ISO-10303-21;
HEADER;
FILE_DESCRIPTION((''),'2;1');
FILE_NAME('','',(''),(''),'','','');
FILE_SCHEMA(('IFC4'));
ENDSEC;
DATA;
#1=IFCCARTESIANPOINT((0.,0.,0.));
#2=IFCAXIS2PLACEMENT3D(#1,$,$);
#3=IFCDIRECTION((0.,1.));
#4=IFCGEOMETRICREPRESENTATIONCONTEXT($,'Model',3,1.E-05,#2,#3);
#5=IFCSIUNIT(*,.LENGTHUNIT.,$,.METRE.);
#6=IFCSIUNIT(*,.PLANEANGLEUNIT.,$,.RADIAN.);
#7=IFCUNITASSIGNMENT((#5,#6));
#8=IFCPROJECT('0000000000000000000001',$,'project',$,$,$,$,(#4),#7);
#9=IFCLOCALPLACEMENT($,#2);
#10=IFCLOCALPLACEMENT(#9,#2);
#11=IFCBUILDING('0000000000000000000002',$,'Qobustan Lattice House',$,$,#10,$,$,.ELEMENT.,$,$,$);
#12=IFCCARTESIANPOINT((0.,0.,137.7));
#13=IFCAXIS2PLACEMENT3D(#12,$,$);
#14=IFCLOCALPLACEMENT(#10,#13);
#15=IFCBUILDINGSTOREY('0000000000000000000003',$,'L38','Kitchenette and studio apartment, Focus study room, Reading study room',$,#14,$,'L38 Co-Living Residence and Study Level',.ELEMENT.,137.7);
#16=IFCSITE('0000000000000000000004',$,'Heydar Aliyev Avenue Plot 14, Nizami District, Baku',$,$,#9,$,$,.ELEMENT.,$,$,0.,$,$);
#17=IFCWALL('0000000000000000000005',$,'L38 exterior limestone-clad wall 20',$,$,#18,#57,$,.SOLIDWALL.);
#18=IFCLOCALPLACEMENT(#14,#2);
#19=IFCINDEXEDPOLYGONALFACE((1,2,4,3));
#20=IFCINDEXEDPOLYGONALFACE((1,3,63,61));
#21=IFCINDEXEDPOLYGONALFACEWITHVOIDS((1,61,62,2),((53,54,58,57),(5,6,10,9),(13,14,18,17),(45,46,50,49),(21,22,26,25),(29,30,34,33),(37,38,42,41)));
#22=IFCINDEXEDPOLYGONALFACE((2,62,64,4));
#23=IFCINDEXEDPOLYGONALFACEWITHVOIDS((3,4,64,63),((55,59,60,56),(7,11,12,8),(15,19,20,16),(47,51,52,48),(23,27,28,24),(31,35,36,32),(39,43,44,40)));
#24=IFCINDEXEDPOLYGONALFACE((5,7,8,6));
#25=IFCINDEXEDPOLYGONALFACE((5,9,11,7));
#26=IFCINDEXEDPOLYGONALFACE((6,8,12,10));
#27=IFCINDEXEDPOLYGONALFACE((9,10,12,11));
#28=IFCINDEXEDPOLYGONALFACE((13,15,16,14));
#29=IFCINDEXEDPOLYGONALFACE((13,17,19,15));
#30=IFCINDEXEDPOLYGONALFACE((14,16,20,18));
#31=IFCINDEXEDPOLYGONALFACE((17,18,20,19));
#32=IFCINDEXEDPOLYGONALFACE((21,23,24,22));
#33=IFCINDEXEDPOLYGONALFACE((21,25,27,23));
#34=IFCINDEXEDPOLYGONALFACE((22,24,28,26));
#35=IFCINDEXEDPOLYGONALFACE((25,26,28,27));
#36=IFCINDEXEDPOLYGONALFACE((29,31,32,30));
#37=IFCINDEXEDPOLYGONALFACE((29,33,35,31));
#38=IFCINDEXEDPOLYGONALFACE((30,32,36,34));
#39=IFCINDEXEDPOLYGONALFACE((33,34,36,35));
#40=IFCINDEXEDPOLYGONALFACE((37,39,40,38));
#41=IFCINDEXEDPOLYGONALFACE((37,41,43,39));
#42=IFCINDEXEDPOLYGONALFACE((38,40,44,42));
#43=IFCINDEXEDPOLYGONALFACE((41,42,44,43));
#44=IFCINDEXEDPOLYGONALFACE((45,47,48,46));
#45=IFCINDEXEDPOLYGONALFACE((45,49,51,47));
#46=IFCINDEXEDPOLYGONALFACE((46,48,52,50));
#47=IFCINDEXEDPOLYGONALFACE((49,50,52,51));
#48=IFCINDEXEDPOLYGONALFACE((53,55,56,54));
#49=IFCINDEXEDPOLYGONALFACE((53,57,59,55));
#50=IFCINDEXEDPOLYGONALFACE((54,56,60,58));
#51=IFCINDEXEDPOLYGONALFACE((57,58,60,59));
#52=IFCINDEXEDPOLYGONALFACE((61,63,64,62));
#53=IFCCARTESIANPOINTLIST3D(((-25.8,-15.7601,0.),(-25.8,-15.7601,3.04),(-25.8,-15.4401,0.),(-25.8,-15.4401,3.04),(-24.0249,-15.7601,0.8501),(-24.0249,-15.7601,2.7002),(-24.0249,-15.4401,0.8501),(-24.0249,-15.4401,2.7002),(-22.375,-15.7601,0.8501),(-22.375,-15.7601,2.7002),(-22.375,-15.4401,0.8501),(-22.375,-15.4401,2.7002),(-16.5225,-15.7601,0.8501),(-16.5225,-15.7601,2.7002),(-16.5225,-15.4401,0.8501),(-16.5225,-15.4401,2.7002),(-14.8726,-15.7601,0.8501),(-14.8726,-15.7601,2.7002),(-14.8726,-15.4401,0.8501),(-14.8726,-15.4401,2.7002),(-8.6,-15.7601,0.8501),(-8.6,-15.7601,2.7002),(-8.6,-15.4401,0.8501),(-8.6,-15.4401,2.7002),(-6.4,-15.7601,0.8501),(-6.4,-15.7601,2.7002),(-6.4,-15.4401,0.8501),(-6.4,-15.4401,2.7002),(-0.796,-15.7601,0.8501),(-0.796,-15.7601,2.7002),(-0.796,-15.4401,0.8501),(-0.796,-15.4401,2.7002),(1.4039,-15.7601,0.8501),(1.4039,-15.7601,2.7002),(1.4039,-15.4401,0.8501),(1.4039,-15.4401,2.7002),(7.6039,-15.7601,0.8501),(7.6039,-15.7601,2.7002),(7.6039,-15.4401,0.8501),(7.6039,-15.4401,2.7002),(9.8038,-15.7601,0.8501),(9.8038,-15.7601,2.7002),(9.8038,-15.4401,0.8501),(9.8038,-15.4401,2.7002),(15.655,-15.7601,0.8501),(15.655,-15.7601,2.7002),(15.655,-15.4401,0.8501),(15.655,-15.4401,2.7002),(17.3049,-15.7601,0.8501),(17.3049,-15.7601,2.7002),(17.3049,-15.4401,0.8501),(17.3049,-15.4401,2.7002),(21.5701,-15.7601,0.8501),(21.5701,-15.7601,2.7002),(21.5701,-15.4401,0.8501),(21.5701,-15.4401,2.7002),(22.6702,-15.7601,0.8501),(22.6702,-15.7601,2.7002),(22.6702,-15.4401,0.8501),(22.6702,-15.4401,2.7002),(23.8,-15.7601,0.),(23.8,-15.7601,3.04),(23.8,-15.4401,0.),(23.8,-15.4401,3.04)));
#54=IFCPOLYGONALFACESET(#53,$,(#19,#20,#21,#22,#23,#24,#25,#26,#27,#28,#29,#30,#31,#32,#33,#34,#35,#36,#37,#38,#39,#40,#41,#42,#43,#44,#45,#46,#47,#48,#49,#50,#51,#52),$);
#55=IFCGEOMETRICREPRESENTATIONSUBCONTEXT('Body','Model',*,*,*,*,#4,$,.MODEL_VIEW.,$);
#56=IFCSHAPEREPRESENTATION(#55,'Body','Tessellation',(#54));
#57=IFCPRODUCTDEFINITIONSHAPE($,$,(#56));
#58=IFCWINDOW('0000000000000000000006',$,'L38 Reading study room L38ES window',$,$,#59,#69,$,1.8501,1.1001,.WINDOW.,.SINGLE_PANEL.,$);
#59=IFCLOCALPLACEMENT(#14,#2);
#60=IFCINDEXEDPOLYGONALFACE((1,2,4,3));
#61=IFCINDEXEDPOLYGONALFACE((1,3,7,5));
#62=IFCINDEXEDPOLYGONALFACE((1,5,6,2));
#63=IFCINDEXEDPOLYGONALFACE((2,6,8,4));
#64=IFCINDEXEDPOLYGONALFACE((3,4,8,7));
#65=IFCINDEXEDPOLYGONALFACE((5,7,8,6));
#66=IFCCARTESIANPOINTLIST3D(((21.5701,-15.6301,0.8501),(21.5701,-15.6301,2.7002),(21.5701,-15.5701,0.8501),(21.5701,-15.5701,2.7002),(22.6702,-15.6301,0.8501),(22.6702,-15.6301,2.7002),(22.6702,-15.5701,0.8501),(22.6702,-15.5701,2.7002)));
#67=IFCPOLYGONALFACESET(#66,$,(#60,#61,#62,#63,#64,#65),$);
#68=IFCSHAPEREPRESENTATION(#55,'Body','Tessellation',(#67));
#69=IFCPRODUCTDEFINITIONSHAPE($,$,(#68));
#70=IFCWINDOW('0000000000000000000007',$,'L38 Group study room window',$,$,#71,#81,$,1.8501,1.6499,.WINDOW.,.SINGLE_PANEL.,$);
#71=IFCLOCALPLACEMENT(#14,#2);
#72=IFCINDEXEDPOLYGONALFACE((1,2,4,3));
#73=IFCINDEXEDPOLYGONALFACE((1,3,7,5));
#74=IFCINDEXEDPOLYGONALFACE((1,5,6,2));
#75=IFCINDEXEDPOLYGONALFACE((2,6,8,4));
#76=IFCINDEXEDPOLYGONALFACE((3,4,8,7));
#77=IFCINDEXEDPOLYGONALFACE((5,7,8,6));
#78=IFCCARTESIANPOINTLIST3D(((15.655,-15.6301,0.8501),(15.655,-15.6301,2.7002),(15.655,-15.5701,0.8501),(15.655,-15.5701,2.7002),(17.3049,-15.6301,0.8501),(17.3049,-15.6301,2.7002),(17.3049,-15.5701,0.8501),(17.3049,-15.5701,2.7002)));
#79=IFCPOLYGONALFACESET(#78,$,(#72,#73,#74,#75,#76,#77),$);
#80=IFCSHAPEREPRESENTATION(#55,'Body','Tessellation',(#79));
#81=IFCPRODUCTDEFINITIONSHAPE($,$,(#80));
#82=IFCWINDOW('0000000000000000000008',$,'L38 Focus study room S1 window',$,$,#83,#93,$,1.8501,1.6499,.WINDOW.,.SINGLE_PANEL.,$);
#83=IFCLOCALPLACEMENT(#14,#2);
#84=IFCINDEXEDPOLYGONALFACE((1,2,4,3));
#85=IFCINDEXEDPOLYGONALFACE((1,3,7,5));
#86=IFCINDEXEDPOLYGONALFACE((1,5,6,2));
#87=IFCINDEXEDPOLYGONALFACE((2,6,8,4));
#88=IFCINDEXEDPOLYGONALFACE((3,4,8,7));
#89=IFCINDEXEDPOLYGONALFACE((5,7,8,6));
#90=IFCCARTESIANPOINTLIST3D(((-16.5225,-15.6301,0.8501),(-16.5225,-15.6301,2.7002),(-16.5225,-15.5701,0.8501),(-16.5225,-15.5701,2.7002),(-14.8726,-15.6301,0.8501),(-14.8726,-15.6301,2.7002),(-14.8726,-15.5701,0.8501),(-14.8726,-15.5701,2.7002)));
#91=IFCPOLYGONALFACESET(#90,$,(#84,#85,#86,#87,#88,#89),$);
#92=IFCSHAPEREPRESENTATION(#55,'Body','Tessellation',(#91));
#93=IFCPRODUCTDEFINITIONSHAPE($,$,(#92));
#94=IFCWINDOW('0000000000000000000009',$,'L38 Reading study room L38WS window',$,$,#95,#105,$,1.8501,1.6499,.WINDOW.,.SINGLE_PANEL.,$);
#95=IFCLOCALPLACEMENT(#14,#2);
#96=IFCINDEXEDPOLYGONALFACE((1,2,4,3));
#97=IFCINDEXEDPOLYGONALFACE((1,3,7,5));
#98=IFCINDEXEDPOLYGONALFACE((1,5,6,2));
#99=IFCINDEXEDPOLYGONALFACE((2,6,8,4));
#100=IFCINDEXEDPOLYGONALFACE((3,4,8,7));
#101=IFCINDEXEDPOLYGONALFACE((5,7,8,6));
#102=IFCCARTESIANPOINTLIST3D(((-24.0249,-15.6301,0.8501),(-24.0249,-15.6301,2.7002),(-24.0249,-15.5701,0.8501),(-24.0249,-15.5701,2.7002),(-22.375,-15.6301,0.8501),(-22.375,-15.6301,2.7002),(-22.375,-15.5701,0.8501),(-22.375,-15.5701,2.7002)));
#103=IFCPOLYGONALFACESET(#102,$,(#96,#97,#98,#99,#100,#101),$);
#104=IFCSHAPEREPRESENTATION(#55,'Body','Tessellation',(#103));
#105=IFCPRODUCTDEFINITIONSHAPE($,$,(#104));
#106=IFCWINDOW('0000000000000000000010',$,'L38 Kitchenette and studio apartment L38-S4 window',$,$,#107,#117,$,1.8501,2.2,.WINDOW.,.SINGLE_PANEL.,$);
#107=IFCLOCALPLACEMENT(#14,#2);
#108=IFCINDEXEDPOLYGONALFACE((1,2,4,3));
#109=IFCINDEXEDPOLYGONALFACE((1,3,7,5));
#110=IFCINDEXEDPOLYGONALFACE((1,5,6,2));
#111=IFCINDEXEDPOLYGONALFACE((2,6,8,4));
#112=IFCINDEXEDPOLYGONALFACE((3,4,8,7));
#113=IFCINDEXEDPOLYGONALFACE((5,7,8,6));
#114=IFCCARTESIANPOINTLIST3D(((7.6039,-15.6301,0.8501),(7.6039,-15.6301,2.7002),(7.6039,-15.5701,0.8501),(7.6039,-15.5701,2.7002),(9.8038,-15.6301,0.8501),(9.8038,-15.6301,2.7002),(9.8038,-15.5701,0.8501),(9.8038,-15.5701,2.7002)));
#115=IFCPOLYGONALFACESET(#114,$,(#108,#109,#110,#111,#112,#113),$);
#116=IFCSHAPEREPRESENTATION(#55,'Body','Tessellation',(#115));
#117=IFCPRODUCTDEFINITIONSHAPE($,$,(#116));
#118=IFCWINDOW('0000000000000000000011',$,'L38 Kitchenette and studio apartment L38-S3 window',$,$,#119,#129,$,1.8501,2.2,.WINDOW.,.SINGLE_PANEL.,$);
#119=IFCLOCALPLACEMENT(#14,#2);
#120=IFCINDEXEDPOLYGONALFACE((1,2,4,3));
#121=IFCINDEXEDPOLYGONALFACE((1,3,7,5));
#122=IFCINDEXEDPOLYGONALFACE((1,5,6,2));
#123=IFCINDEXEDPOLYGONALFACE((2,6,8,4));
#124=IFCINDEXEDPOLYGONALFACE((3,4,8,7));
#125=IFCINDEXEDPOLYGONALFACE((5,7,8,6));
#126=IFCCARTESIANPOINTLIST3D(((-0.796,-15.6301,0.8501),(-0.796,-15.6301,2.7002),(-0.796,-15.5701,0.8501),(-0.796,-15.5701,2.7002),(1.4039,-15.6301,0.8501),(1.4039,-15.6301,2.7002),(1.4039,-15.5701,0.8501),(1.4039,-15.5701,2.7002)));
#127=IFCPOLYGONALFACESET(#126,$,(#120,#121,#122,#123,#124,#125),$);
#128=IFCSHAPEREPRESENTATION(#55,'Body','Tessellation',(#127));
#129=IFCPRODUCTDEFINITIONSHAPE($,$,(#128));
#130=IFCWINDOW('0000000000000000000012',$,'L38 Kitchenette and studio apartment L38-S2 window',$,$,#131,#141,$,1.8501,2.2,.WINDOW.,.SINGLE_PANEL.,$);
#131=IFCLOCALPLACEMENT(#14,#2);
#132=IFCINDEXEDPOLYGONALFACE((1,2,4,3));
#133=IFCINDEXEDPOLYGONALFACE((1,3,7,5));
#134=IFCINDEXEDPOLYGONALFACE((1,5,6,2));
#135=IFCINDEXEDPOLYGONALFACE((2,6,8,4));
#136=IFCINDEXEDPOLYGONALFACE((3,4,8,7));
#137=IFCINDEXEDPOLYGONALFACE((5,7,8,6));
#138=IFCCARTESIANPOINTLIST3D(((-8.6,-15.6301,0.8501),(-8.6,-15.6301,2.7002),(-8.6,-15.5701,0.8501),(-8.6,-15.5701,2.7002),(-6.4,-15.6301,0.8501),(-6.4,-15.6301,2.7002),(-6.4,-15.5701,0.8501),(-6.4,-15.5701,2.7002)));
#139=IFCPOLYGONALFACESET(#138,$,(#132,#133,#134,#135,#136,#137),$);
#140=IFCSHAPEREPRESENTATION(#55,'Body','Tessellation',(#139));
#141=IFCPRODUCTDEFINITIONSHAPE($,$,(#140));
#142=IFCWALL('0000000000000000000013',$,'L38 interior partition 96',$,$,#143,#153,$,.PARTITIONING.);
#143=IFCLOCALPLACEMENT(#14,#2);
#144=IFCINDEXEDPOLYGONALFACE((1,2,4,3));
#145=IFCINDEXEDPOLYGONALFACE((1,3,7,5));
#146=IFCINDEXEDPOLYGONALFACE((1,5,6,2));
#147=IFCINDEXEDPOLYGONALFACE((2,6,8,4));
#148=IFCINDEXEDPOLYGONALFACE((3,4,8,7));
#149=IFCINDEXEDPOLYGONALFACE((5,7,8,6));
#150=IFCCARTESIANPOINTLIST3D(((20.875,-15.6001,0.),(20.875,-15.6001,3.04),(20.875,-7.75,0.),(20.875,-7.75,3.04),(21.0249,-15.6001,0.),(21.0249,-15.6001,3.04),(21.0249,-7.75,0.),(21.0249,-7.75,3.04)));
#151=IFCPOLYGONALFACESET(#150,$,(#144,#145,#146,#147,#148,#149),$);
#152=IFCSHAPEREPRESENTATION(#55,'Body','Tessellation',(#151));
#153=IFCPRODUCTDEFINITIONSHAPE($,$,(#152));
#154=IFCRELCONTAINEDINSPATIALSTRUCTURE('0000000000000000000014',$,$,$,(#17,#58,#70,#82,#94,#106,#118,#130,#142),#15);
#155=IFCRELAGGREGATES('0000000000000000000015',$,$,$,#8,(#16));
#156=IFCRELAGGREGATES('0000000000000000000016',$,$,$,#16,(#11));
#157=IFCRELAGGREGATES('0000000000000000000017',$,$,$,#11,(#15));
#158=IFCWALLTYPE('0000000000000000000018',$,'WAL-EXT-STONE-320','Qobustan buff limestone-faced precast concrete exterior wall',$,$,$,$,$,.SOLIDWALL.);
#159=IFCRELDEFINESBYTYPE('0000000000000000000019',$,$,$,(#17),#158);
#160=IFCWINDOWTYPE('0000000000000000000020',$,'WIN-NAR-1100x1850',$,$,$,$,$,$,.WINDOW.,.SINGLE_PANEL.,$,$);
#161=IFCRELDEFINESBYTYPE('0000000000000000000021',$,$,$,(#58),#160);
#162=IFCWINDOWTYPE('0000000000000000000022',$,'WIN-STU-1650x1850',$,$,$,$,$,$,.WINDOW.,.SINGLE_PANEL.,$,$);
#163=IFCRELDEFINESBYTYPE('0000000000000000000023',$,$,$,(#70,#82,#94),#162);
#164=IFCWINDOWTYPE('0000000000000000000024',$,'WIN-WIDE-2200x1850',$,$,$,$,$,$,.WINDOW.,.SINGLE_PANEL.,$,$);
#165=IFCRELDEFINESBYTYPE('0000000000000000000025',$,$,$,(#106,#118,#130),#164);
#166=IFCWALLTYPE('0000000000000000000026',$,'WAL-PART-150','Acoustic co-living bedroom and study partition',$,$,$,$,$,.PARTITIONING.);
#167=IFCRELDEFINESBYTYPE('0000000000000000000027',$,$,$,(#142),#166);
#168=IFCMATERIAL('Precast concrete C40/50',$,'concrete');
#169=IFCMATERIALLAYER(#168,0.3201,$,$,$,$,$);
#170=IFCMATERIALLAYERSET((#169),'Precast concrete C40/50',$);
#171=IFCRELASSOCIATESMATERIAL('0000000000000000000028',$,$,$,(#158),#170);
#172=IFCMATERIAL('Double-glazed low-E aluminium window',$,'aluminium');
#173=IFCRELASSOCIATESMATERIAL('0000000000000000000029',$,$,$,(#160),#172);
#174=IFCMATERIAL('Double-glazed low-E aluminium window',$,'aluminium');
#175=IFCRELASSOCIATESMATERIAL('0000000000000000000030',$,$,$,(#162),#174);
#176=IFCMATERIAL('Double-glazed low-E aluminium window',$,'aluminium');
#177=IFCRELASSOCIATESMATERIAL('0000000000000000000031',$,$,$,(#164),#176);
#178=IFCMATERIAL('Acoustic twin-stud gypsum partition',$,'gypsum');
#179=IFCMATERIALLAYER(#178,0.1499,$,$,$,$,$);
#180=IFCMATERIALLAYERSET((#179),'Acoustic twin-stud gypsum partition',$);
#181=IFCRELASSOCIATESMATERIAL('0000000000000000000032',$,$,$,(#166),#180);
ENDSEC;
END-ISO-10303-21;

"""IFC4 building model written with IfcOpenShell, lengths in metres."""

from ifc_helpers import new_model, si_unit, direction, frame, frame_2d, origin, place, context, subcontext, project, spatial, rectangle, extrude, material, layer, layer_set, type_object, element, fill, save


model = new_model("IFC4")

# Units and contexts
model_context = context("Model", 3, precision=1e-05, world=origin(), true_north=direction((0.0, 1.0)))
body_context = subcontext(model_context, "Body", "Model", "MODEL_VIEW")
ifc_project = project(units=[si_unit("LENGTHUNIT", "METRE"), si_unit("PLANEANGLEUNIT", "RADIAN")], contexts=[model_context])

# Site, building, storey
site_placement = place(None, origin())
site = spatial("IfcSite", under=ifc_project, at=site_placement, Name="Heydar Aliyev Avenue Plot 14, Nizami District, Baku", CompositionType="ELEMENT", RefElevation=0.0)
building_placement = place(site_placement, origin())
building = spatial("IfcBuilding", under=site, at=building_placement, Name="Qobustan Lattice House", CompositionType="ELEMENT")
storey_placement = place(building_placement, frame((0.0, 0.0, 137.7)))
storey = spatial("IfcBuildingStorey", under=building, at=storey_placement, Name="L38", Description="Kitchenette and studio apartment, Focus study room, Reading study room", LongName="L38 Co-Living Residence and Study Level", CompositionType="ELEMENT", Elevation=137.7)

# Shared definitions
ifc_material_1 = material(Name="Precast concrete C40/50", Category="concrete")
ifc_layer_1 = layer(ifc_material_1, 0.3201)
ifc_layer_set_1 = layer_set([ifc_layer_1], Name="Precast concrete C40/50")
wall_type_1 = type_object("IfcWallType", Name="WAL-EXT-STONE-320", Description="Qobustan buff limestone-faced precast concrete exterior wall", PredefinedType="SOLIDWALL", material=ifc_layer_set_1)

# Wall, openings, windows
wall_1_placement = place(storey_placement, frame((23.8, -15.6001, 0.0), z_axis=(0.0, 0.0, 1.0), x_axis=(-1.0, 0.0, 0.0)))
wall_1 = element("IfcWall", 1, at=wall_1_placement, inside=storey, type_object=wall_type_1, Name="L38 exterior limestone-clad wall 20", PredefinedType="SOLIDWALL", context=body_context, shape_type="SweptSolid", body=[
    extrude(rectangle(XDim=49.6001, YDim=0.3201, at=frame_2d((24.8, 0.0))), origin(), (0.0, 0.0, 1.0), 3.04),
])
opening_1_placement = place(wall_1_placement, frame((1.1299, 0.0, 0.8501)))
opening_1 = element("IfcOpeningElement", 2, at=opening_1_placement, cuts=wall_1, PredefinedType="OPENING", context=body_context, shape_type="SweptSolid", body=[
    extrude(rectangle(XDim=1.1001, YDim=1.8501, at=frame_2d((0.55, 0.925))), frame((0.0, 0.1699, 0.0), z_axis=(0.0, -1.0, 0.0), x_axis=(1.0, 0.0, 0.0)), (0.0, 0.0, 1.0), 0.3401),
])
opening_2_placement = place(wall_1_placement, frame((6.4951, 0.0, 0.8501)))
opening_2 = element("IfcOpeningElement", 3, at=opening_2_placement, cuts=wall_1, PredefinedType="OPENING", context=body_context, shape_type="SweptSolid", body=[
    extrude(rectangle(XDim=1.6499, YDim=1.8501, at=frame_2d((0.825, 0.925))), frame((0.0, 0.1699, 0.0), z_axis=(0.0, -1.0, 0.0), x_axis=(1.0, 0.0, 0.0)), (0.0, 0.0, 1.0), 0.3401),
])
opening_3_placement = place(wall_1_placement, frame((13.9961, 0.0, 0.8501)))
opening_3 = element("IfcOpeningElement", 4, at=opening_3_placement, cuts=wall_1, PredefinedType="OPENING", context=body_context, shape_type="SweptSolid", body=[
    extrude(rectangle(XDim=2.2, YDim=1.8501, at=frame_2d((1.1001, 0.925))), frame((0.0, 0.1699, 0.0), z_axis=(0.0, -1.0, 0.0), x_axis=(1.0, 0.0, 0.0)), (0.0, 0.0, 1.0), 0.3401),
])
opening_4_placement = place(wall_1_placement, frame((22.396, 0.0, 0.8501)))
opening_4 = element("IfcOpeningElement", 5, at=opening_4_placement, cuts=wall_1, PredefinedType="OPENING", context=body_context, shape_type="SweptSolid", body=[
    extrude(rectangle(XDim=2.2, YDim=1.8501, at=frame_2d((1.1001, 0.925))), frame((0.0, 0.1699, 0.0), z_axis=(0.0, -1.0, 0.0), x_axis=(1.0, 0.0, 0.0)), (0.0, 0.0, 1.0), 0.3401),
])
opening_5_placement = place(wall_1_placement, frame((30.2, 0.0, 0.8501)))
opening_5 = element("IfcOpeningElement", 6, at=opening_5_placement, cuts=wall_1, PredefinedType="OPENING", context=body_context, shape_type="SweptSolid", body=[
    extrude(rectangle(XDim=2.2, YDim=1.8501, at=frame_2d((1.1001, 0.925))), frame((0.0, 0.1699, 0.0), z_axis=(0.0, -1.0, 0.0), x_axis=(1.0, 0.0, 0.0)), (0.0, 0.0, 1.0), 0.3401),
])
opening_6_placement = place(wall_1_placement, frame((38.6726, 0.0, 0.8501)))
opening_6 = element("IfcOpeningElement", 7, at=opening_6_placement, cuts=wall_1, PredefinedType="OPENING", context=body_context, shape_type="SweptSolid", body=[
    extrude(rectangle(XDim=1.6499, YDim=1.8501, at=frame_2d((0.825, 0.925))), frame((0.0, 0.1699, 0.0), z_axis=(0.0, -1.0, 0.0), x_axis=(1.0, 0.0, 0.0)), (0.0, 0.0, 1.0), 0.3401),
])
opening_7_placement = place(wall_1_placement, frame((46.175, 0.0, 0.8501)))
opening_7 = element("IfcOpeningElement", 8, at=opening_7_placement, cuts=wall_1, PredefinedType="OPENING", context=body_context, shape_type="SweptSolid", body=[
    extrude(rectangle(XDim=1.6499, YDim=1.8501, at=frame_2d((0.825, 0.925))), frame((0.0, 0.1699, 0.0), z_axis=(0.0, -1.0, 0.0), x_axis=(1.0, 0.0, 0.0)), (0.0, 0.0, 1.0), 0.3401),
])
ifc_material_2 = material(Name="Double-glazed low-E aluminium window", Category="aluminium")
window_type_1 = type_object("IfcWindowType", Name="WIN-NAR-1100x1850", PartitioningType="SINGLE_PANEL", PredefinedType="WINDOW", material=ifc_material_2)
window_1_placement = place(opening_1_placement, origin())
window_1 = element("IfcWindow", 9, at=window_1_placement, inside=storey, type_object=window_type_1, Name="L38 Reading study room L38ES window", OverallHeight=1.8501, OverallWidth=1.1001, PartitioningType="SINGLE_PANEL", PredefinedType="WINDOW", context=body_context, shape_type="SweptSolid", body=[
    extrude(rectangle(XDim=1.1001, YDim=1.8501, at=frame_2d((0.55, 0.925))), frame((0.0, 0.03, 0.0), z_axis=(0.0, -1.0, 0.0), x_axis=(1.0, 0.0, 0.0)), (0.0, 0.0, 1.0), 0.0601),
])
fill(opening_1, window_1)
ifc_material_3 = material(Name="Double-glazed low-E aluminium window", Category="aluminium")
window_type_2 = type_object("IfcWindowType", Name="WIN-STU-1650x1850", PartitioningType="SINGLE_PANEL", PredefinedType="WINDOW", material=ifc_material_3)
window_2_placement = place(opening_2_placement, origin())
window_2 = element("IfcWindow", 10, at=window_2_placement, inside=storey, type_object=window_type_2, Name="L38 Group study room window", OverallHeight=1.8501, OverallWidth=1.6499, PartitioningType="SINGLE_PANEL", PredefinedType="WINDOW", context=body_context, shape_type="SweptSolid", body=[
    extrude(rectangle(XDim=1.6499, YDim=1.8501, at=frame_2d((0.825, 0.925))), frame((0.0, 0.03, 0.0), z_axis=(0.0, -1.0, 0.0), x_axis=(1.0, 0.0, 0.0)), (0.0, 0.0, 1.0), 0.0601),
])
fill(opening_2, window_2)
window_3_placement = place(opening_6_placement, origin())
window_3 = element("IfcWindow", 11, at=window_3_placement, inside=storey, type_object=window_type_2, Name="L38 Focus study room S1 window", OverallHeight=1.8501, OverallWidth=1.6499, PartitioningType="SINGLE_PANEL", PredefinedType="WINDOW", context=body_context, shape_type="SweptSolid", body=[
    extrude(rectangle(XDim=1.6499, YDim=1.8501, at=frame_2d((0.825, 0.925))), frame((0.0, 0.03, 0.0), z_axis=(0.0, -1.0, 0.0), x_axis=(1.0, 0.0, 0.0)), (0.0, 0.0, 1.0), 0.0601),
])
fill(opening_6, window_3)
window_4_placement = place(opening_7_placement, origin())
window_4 = element("IfcWindow", 12, at=window_4_placement, inside=storey, type_object=window_type_2, Name="L38 Reading study room L38WS window", OverallHeight=1.8501, OverallWidth=1.6499, PartitioningType="SINGLE_PANEL", PredefinedType="WINDOW", context=body_context, shape_type="SweptSolid", body=[
    extrude(rectangle(XDim=1.6499, YDim=1.8501, at=frame_2d((0.825, 0.925))), frame((0.0, 0.03, 0.0), z_axis=(0.0, -1.0, 0.0), x_axis=(1.0, 0.0, 0.0)), (0.0, 0.0, 1.0), 0.0601),
])
fill(opening_7, window_4)
ifc_material_4 = material(Name="Double-glazed low-E aluminium window", Category="aluminium")
window_type_3 = type_object("IfcWindowType", Name="WIN-WIDE-2200x1850", PartitioningType="SINGLE_PANEL", PredefinedType="WINDOW", material=ifc_material_4)
window_5_placement = place(opening_3_placement, origin())
window_5 = element("IfcWindow", 13, at=window_5_placement, inside=storey, type_object=window_type_3, Name="L38 Kitchenette and studio apartment L38-S4 window", OverallHeight=1.8501, OverallWidth=2.2, PartitioningType="SINGLE_PANEL", PredefinedType="WINDOW", context=body_context, shape_type="SweptSolid", body=[
    extrude(rectangle(XDim=2.2, YDim=1.8501, at=frame_2d((1.1001, 0.925))), frame((0.0, 0.03, 0.0), z_axis=(0.0, -1.0, 0.0), x_axis=(1.0, 0.0, 0.0)), (0.0, 0.0, 1.0), 0.0601),
])
fill(opening_3, window_5)
window_6_placement = place(opening_4_placement, origin())
window_6 = element("IfcWindow", 14, at=window_6_placement, inside=storey, type_object=window_type_3, Name="L38 Kitchenette and studio apartment L38-S3 window", OverallHeight=1.8501, OverallWidth=2.2, PartitioningType="SINGLE_PANEL", PredefinedType="WINDOW", context=body_context, shape_type="SweptSolid", body=[
    extrude(rectangle(XDim=2.2, YDim=1.8501, at=frame_2d((1.1001, 0.925))), frame((0.0, 0.03, 0.0), z_axis=(0.0, -1.0, 0.0), x_axis=(1.0, 0.0, 0.0)), (0.0, 0.0, 1.0), 0.0601),
])
fill(opening_4, window_6)
window_7_placement = place(opening_5_placement, origin())
window_7 = element("IfcWindow", 15, at=window_7_placement, inside=storey, type_object=window_type_3, Name="L38 Kitchenette and studio apartment L38-S2 window", OverallHeight=1.8501, OverallWidth=2.2, PartitioningType="SINGLE_PANEL", PredefinedType="WINDOW", context=body_context, shape_type="SweptSolid", body=[
    extrude(rectangle(XDim=2.2, YDim=1.8501, at=frame_2d((1.1001, 0.925))), frame((0.0, 0.03, 0.0), z_axis=(0.0, -1.0, 0.0), x_axis=(1.0, 0.0, 0.0)), (0.0, 0.0, 1.0), 0.0601),
])
fill(opening_5, window_7)

# Wall
ifc_material_5 = material(Name="Acoustic twin-stud gypsum partition", Category="gypsum")
ifc_layer_2 = layer(ifc_material_5, 0.1499)
ifc_layer_set_2 = layer_set([ifc_layer_2], Name="Acoustic twin-stud gypsum partition")
wall_type_2 = type_object("IfcWallType", Name="WAL-PART-150", Description="Acoustic co-living bedroom and study partition", PredefinedType="PARTITIONING", material=ifc_layer_set_2)
wall_2_placement = place(storey_placement, frame((20.95, -15.6001, 0.0), z_axis=(0.0, 0.0, 1.0), x_axis=(0.0, 1.0, 0.0)))
element("IfcWall", 16, at=wall_2_placement, inside=storey, type_object=wall_type_2, Name="L38 interior partition 96", PredefinedType="PARTITIONING", context=body_context, shape_type="SweptSolid", body=[
    extrude(rectangle(XDim=7.8501, YDim=0.1499, at=frame_2d((3.925, 0.0))), origin(), (0.0, 0.0, 1.0), 3.04),
])

save(model, "model.ifc")
